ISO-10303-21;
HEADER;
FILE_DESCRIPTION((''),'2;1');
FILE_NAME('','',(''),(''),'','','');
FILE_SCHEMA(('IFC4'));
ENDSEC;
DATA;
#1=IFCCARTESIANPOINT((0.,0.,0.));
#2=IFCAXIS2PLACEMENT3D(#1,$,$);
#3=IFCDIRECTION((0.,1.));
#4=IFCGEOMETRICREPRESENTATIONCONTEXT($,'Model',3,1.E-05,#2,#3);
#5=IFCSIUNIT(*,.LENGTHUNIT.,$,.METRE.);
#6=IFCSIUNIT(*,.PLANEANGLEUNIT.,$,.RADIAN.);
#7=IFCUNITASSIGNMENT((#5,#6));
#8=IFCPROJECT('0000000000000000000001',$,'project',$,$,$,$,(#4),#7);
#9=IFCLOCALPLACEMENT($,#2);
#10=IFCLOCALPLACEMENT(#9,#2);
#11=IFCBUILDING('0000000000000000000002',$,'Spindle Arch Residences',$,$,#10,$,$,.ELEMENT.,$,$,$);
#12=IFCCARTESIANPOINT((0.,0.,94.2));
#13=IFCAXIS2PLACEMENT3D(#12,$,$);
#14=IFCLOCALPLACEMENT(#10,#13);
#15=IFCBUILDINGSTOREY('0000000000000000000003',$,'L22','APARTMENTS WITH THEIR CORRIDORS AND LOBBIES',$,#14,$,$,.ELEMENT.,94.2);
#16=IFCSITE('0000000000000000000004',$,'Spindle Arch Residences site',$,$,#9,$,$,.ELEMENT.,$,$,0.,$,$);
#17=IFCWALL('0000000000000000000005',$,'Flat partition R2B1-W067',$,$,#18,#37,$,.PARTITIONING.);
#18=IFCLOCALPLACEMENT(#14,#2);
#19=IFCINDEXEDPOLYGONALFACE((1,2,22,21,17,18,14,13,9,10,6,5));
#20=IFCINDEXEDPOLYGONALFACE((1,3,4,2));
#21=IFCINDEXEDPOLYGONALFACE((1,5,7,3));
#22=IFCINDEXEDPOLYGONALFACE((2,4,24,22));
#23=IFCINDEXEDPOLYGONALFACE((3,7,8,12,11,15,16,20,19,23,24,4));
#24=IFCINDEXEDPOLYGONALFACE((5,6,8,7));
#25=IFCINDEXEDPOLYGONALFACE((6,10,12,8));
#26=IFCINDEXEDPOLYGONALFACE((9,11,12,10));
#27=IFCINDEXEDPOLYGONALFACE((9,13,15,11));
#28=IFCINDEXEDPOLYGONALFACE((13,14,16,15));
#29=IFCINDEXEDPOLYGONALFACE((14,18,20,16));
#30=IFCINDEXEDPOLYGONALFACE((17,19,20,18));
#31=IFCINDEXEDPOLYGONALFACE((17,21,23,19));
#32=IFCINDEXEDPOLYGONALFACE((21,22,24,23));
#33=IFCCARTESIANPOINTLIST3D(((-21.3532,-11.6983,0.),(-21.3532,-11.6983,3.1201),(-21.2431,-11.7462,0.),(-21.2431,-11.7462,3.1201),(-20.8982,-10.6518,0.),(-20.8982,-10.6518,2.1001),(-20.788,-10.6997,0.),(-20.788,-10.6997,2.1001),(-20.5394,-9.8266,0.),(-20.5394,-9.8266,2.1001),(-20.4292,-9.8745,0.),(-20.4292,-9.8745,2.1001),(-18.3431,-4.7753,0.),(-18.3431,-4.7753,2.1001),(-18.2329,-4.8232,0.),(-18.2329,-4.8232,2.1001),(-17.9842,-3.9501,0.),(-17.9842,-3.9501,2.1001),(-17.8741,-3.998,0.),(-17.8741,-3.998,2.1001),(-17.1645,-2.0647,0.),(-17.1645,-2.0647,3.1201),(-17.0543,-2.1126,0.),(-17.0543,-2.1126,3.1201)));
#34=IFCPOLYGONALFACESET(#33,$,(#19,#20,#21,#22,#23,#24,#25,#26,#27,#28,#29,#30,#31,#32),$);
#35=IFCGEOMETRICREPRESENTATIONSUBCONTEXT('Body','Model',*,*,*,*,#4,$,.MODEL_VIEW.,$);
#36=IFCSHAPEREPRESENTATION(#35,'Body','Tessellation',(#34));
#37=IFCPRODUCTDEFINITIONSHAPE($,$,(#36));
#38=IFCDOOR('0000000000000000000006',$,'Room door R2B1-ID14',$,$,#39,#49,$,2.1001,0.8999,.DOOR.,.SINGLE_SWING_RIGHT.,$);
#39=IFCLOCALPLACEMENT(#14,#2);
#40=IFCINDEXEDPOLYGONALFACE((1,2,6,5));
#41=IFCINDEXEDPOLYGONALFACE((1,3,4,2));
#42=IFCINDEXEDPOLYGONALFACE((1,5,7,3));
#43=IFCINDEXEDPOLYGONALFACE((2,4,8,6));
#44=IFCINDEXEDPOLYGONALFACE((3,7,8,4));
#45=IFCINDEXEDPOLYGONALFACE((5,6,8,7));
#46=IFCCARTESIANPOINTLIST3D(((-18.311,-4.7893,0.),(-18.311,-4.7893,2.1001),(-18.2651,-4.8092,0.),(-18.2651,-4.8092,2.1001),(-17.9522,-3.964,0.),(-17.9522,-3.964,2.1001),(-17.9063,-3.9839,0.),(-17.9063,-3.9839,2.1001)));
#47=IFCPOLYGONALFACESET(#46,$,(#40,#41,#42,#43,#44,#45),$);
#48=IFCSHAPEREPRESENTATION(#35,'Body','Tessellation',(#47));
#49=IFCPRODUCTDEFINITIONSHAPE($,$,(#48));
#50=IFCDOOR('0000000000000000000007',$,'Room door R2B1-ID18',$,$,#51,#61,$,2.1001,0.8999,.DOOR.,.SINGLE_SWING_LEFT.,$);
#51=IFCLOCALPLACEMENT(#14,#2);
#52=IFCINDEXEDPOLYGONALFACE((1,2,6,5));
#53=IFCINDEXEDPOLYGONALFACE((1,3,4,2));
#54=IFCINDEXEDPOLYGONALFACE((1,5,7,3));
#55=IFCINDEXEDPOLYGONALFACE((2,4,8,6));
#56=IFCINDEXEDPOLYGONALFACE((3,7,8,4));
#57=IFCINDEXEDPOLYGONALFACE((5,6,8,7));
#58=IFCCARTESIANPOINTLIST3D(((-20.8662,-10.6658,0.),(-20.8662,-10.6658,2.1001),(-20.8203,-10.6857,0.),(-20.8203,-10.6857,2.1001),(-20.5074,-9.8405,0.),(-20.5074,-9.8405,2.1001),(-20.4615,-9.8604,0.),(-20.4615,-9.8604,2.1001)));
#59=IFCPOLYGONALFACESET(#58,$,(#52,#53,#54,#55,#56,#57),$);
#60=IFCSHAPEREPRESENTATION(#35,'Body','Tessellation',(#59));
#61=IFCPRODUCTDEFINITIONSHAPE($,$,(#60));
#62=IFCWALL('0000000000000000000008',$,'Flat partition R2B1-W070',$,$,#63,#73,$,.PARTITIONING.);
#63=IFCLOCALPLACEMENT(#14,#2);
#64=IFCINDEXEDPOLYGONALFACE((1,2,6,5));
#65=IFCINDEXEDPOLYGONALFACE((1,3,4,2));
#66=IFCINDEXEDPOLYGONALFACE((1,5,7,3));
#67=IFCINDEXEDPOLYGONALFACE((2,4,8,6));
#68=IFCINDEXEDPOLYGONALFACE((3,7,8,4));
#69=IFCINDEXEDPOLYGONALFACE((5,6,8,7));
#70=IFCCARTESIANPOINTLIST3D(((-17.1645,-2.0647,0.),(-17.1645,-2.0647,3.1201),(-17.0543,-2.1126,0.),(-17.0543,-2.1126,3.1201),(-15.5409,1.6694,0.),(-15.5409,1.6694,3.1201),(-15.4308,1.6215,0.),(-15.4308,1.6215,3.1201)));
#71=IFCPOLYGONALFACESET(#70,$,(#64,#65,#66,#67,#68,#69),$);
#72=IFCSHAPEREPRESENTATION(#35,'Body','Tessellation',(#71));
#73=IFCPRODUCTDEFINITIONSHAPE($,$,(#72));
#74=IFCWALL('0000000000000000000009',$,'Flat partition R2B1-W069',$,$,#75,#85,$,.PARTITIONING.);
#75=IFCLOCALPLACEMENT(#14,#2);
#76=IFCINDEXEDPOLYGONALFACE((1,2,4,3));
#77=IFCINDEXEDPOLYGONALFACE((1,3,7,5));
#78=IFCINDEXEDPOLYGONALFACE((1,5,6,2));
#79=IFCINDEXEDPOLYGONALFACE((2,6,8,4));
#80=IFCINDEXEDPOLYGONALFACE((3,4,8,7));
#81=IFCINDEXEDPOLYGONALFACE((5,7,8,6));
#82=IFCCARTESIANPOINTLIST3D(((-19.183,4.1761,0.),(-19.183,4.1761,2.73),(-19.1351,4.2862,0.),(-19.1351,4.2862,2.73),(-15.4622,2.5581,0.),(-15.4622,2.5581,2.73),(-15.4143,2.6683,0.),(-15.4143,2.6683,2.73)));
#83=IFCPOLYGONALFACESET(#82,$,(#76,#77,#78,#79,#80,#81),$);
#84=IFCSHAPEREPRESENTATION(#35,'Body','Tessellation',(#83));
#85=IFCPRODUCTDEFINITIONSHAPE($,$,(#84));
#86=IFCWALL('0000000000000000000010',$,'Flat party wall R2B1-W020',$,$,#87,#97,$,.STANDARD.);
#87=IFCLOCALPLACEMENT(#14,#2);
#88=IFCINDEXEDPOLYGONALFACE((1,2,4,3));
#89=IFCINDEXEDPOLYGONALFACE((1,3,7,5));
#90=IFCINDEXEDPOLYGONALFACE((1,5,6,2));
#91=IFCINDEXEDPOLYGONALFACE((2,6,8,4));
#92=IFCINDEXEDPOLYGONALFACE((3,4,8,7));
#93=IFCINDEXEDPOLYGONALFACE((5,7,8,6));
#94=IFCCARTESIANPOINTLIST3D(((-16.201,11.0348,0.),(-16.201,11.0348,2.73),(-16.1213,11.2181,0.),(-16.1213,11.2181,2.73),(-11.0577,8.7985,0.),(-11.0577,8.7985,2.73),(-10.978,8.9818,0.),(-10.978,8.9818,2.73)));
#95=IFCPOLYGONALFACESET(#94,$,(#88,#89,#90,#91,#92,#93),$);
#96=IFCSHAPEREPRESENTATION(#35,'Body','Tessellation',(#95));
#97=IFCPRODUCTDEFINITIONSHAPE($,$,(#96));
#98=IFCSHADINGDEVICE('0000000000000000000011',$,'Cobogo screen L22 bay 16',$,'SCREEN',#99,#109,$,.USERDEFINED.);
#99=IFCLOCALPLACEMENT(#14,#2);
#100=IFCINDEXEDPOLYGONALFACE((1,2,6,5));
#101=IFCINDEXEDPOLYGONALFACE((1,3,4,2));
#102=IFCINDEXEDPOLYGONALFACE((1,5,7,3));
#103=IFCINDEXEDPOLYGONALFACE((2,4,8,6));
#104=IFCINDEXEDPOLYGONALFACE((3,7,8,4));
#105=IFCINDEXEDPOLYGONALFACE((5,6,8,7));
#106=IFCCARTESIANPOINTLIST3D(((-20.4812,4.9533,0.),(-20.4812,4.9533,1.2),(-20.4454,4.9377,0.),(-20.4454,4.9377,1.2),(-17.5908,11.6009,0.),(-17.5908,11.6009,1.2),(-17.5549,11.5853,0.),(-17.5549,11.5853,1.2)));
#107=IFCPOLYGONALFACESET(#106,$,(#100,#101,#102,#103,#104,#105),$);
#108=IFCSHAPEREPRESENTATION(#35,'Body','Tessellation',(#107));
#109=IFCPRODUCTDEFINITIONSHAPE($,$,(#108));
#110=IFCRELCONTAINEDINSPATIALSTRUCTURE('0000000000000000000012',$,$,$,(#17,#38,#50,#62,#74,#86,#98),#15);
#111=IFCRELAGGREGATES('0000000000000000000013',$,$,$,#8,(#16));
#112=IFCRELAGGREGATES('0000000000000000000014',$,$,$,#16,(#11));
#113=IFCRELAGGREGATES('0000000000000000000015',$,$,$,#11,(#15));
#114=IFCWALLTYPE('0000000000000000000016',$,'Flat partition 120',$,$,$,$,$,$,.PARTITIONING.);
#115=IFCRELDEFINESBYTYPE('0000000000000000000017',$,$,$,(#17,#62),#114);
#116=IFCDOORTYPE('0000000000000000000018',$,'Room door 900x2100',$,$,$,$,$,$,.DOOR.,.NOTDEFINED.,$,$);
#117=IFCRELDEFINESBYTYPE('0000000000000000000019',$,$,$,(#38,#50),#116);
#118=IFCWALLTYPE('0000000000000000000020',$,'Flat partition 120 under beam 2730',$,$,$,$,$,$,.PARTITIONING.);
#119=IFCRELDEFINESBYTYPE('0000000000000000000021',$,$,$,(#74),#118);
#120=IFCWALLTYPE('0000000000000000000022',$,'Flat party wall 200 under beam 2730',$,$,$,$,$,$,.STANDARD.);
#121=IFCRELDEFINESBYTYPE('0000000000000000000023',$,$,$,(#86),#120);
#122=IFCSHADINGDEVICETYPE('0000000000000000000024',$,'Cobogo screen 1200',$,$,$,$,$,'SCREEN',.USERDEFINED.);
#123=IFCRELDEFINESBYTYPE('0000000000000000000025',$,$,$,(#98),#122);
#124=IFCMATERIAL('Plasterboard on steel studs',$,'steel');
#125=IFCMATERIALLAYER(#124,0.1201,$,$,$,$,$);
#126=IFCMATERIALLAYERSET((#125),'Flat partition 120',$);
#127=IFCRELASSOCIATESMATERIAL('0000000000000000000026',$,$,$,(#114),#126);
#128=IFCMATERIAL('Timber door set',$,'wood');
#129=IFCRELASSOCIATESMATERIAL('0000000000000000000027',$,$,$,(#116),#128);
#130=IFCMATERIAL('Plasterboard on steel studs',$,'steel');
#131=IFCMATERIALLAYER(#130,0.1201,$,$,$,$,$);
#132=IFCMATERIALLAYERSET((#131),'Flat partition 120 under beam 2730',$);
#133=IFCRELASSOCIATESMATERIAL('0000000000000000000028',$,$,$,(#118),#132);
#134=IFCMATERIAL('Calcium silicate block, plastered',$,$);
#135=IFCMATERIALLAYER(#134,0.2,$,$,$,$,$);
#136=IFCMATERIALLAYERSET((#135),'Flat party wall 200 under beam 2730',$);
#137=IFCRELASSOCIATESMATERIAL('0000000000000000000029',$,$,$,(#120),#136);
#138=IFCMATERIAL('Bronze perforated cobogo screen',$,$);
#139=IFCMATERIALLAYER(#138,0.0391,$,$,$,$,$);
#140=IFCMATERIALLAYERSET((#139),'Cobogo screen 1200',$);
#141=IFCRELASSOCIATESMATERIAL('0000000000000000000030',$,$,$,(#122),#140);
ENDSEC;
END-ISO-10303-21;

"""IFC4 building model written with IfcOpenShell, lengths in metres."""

from ifc_helpers import new_model, si_unit, direction, frame, frame_2d, origin, origin_2d, place, context, subcontext, project, spatial, rectangle, extrude, material, layer, layer_set, type_object, element, fill, save


model = new_model("IFC4")

# Units and contexts
model_context = context("Model", 3, precision=1e-05, world=origin(), true_north=direction((0.0, 1.0)))
body_context = subcontext(model_context, "Body", "Model", "MODEL_VIEW")
ifc_project = project(units=[si_unit("LENGTHUNIT", "METRE"), si_unit("PLANEANGLEUNIT", "RADIAN")], contexts=[model_context])

# Site, building, storey
site_placement = place(None, origin())
site = spatial("IfcSite", under=ifc_project, at=site_placement, Name="Spindle Arch Residences site", CompositionType="ELEMENT", RefElevation=0.0)
building_placement = place(site_placement, origin())
building = spatial("IfcBuilding", under=site, at=building_placement, Name="Spindle Arch Residences", CompositionType="ELEMENT")
storey_placement = place(building_placement, frame((0.0, 0.0, 94.2)))
storey = spatial("IfcBuildingStorey", under=building, at=storey_placement, Name="L22", Description="APARTMENTS WITH THEIR CORRIDORS AND LOBBIES", CompositionType="ELEMENT", Elevation=94.2)

# Shared definitions
ifc_material_1 = material(Name="Plasterboard on steel studs", Category="steel")
ifc_layer_1 = layer(ifc_material_1, 0.1201)
ifc_layer_set_1 = layer_set([ifc_layer_1], Name="Flat partition 120")
wall_type_1 = type_object("IfcWallType", Name="Flat partition 120", PredefinedType="PARTITIONING", material=ifc_layer_set_1)

# Wall, openings, doors
wall_1_placement = place(storey_placement, frame((-17.1094, -2.0886, 0.0), z_axis=(0.0, 0.0, 1.0), x_axis=(-0.398744, -0.917062, 0.0)))
wall_1 = element("IfcWall", 1, at=wall_1_placement, inside=storey, type_object=wall_type_1, Name="Flat partition R2B1-W067", PredefinedType="PARTITIONING", context=body_context, shape_type="SweptSolid", body=[
    extrude(rectangle(XDim=10.5049, YDim=0.1201, at=frame_2d((5.2524, 0.0))), origin(), (0.0, 0.0, 1.0), 3.1201),
])
opening_1_placement = place(wall_1_placement, frame((2.0559, 0.0, 0.0)))
opening_1 = element("IfcOpeningElement", 2, at=opening_1_placement, cuts=wall_1, PredefinedType="OPENING", context=body_context, shape_type="SweptSolid", body=[
    extrude(rectangle(XDim=0.8999, YDim=2.1001, at=frame_2d((0.45, 1.05))), frame((0.0, 0.0701, 0.0), z_axis=(0.0, -1.0, 0.0), x_axis=(1.0, 0.0, 0.0)), (0.0, 0.0, 1.0), 0.1401),
])
opening_2_placement = place(wall_1_placement, frame((8.4639, 0.0, 0.0)))
opening_2 = element("IfcOpeningElement", 3, at=opening_2_placement, cuts=wall_1, PredefinedType="OPENING", context=body_context, shape_type="SweptSolid", body=[
    extrude(rectangle(XDim=0.8999, YDim=2.1001, at=frame_2d((0.45, 1.05))), frame((0.0, 0.0701, 0.0), z_axis=(0.0, -1.0, 0.0), x_axis=(1.0, 0.0, 0.0)), (0.0, 0.0, 1.0), 0.1401),
])
ifc_material_2 = material(Name="Timber door set", Category="wood")
door_type_1 = type_object("IfcDoorType", Name="Room door 900x2100", OperationType="NOTDEFINED", PredefinedType="DOOR", material=ifc_material_2)
door_1_placement = place(opening_1_placement, origin())
door_1 = element("IfcDoor", 4, at=door_1_placement, inside=storey, type_object=door_type_1, Name="Room door R2B1-ID14", OperationType="SINGLE_SWING_RIGHT", OverallHeight=2.1001, OverallWidth=0.8999, PredefinedType="DOOR", context=body_context, shape_type="SweptSolid", body=[
    extrude(rectangle(XDim=0.8999, YDim=2.1001, at=frame_2d((0.45, 1.05))), frame((0.0, 0.0249, 0.0), z_axis=(0.0, -1.0, 0.0), x_axis=(1.0, 0.0, 0.0)), (0.0, 0.0, 1.0), 0.05),
])
fill(opening_1, door_1)
door_2_placement = place(opening_2_placement, origin())
door_2 = element("IfcDoor", 5, at=door_2_placement, inside=storey, type_object=door_type_1, Name="Room door R2B1-ID18", OperationType="SINGLE_SWING_LEFT", OverallHeight=2.1001, OverallWidth=0.8999, PredefinedType="DOOR", context=body_context, shape_type="SweptSolid", body=[
    extrude(rectangle(XDim=0.8999, YDim=2.1001, at=frame_2d((0.45, 1.05))), frame((0.0, 0.0249, 0.0), z_axis=(0.0, -1.0, 0.0), x_axis=(1.0, 0.0, 0.0)), (0.0, 0.0, 1.0), 0.05),
])
fill(opening_2, door_2)

# Walls
wall_2_placement = place(storey_placement, frame((-17.1094, -2.0886, 0.0), z_axis=(0.0, 0.0, 1.0), x_axis=(0.398726, 0.91707, 0.0)))
element("IfcWall", 6, at=wall_2_placement, inside=storey, type_object=wall_type_1, Name="Flat partition R2B1-W070", PredefinedType="PARTITIONING", context=body_context, shape_type="SweptSolid", body=[
    extrude(rectangle(XDim=4.0718, YDim=0.1201, at=frame_2d((2.0359, 0.0))), origin(), (0.0, 0.0, 1.0), 3.1201),
])
ifc_material_3 = material(Name="Plasterboard on steel studs", Category="steel")
ifc_layer_2 = layer(ifc_material_3, 0.1201)
ifc_layer_set_2 = layer_set([ifc_layer_2], Name="Flat partition 120 under beam 2730")
wall_type_2 = type_object("IfcWallType", Name="Flat partition 120 under beam 2730", PredefinedType="PARTITIONING", material=ifc_layer_set_2)
wall_3_placement = place(storey_placement, frame((-19.1592, 4.2312, 0.0), z_axis=(0.0, 0.0, 1.0), x_axis=(0.91705, -0.398772, 0.0)))
element("IfcWall", 7, at=wall_3_placement, inside=storey, type_object=wall_type_2, Name="Flat partition R2B1-W069", PredefinedType="PARTITIONING", context=body_context, shape_type="SweptSolid", body=[
    extrude(rectangle(XDim=4.0574, YDim=0.1201, at=frame_2d((2.0288, 0.0))), origin(), (0.0, 0.0, 1.0), 2.73),
])
ifc_material_4 = material(Name="Calcium silicate block, plastered")
ifc_layer_3 = layer(ifc_material_4, 0.2)
ifc_layer_set_3 = layer_set([ifc_layer_3], Name="Flat party wall 200 under beam 2730")
wall_type_3 = type_object("IfcWallType", Name="Flat party wall 200 under beam 2730", PredefinedType="STANDARD", material=ifc_layer_set_3)
wall_4_placement = place(storey_placement, frame((-16.1611, 11.1265, 0.0), z_axis=(0.0, 0.0, 1.0), x_axis=(0.917063, -0.398742, 0.0)))
element("IfcWall", 8, at=wall_4_placement, inside=storey, type_object=wall_type_3, Name="Flat party wall R2B1-W020", PredefinedType="STANDARD", context=body_context, shape_type="SweptSolid", body=[
    extrude(rectangle(XDim=5.6084, YDim=0.2, at=frame_2d((2.8042, 0.0))), origin(), (0.0, 0.0, 1.0), 2.73),
])

# Shading device
ifc_material_5 = material(Name="Bronze perforated cobogo screen")
ifc_layer_4 = layer(ifc_material_5, 0.0391)
ifc_layer_set_4 = layer_set([ifc_layer_4], Name="Cobogo screen 1200")
shading_device_type = type_object("IfcShadingDeviceType", Name="Cobogo screen 1200", ElementType="SCREEN", PredefinedType="USERDEFINED", material=ifc_layer_set_4)
shading_device_placement = place(storey_placement, frame((-19.0181, 8.2693, 0.0), z_axis=(0.0, 0.0, 1.0), x_axis=(-0.398749, -0.91706, 0.0)))
element("IfcShadingDevice", 9, at=shading_device_placement, inside=storey, type_object=shading_device_type, Name="Cobogo screen L22 bay 16", ObjectType="SCREEN", PredefinedType="USERDEFINED", context=body_context, shape_type="SweptSolid", body=[
    extrude(rectangle(XDim=7.2488, YDim=0.0391, at=origin_2d()), origin(), (0.0, 0.0, 1.0), 1.2),
])

save(model, "model.ifc")
